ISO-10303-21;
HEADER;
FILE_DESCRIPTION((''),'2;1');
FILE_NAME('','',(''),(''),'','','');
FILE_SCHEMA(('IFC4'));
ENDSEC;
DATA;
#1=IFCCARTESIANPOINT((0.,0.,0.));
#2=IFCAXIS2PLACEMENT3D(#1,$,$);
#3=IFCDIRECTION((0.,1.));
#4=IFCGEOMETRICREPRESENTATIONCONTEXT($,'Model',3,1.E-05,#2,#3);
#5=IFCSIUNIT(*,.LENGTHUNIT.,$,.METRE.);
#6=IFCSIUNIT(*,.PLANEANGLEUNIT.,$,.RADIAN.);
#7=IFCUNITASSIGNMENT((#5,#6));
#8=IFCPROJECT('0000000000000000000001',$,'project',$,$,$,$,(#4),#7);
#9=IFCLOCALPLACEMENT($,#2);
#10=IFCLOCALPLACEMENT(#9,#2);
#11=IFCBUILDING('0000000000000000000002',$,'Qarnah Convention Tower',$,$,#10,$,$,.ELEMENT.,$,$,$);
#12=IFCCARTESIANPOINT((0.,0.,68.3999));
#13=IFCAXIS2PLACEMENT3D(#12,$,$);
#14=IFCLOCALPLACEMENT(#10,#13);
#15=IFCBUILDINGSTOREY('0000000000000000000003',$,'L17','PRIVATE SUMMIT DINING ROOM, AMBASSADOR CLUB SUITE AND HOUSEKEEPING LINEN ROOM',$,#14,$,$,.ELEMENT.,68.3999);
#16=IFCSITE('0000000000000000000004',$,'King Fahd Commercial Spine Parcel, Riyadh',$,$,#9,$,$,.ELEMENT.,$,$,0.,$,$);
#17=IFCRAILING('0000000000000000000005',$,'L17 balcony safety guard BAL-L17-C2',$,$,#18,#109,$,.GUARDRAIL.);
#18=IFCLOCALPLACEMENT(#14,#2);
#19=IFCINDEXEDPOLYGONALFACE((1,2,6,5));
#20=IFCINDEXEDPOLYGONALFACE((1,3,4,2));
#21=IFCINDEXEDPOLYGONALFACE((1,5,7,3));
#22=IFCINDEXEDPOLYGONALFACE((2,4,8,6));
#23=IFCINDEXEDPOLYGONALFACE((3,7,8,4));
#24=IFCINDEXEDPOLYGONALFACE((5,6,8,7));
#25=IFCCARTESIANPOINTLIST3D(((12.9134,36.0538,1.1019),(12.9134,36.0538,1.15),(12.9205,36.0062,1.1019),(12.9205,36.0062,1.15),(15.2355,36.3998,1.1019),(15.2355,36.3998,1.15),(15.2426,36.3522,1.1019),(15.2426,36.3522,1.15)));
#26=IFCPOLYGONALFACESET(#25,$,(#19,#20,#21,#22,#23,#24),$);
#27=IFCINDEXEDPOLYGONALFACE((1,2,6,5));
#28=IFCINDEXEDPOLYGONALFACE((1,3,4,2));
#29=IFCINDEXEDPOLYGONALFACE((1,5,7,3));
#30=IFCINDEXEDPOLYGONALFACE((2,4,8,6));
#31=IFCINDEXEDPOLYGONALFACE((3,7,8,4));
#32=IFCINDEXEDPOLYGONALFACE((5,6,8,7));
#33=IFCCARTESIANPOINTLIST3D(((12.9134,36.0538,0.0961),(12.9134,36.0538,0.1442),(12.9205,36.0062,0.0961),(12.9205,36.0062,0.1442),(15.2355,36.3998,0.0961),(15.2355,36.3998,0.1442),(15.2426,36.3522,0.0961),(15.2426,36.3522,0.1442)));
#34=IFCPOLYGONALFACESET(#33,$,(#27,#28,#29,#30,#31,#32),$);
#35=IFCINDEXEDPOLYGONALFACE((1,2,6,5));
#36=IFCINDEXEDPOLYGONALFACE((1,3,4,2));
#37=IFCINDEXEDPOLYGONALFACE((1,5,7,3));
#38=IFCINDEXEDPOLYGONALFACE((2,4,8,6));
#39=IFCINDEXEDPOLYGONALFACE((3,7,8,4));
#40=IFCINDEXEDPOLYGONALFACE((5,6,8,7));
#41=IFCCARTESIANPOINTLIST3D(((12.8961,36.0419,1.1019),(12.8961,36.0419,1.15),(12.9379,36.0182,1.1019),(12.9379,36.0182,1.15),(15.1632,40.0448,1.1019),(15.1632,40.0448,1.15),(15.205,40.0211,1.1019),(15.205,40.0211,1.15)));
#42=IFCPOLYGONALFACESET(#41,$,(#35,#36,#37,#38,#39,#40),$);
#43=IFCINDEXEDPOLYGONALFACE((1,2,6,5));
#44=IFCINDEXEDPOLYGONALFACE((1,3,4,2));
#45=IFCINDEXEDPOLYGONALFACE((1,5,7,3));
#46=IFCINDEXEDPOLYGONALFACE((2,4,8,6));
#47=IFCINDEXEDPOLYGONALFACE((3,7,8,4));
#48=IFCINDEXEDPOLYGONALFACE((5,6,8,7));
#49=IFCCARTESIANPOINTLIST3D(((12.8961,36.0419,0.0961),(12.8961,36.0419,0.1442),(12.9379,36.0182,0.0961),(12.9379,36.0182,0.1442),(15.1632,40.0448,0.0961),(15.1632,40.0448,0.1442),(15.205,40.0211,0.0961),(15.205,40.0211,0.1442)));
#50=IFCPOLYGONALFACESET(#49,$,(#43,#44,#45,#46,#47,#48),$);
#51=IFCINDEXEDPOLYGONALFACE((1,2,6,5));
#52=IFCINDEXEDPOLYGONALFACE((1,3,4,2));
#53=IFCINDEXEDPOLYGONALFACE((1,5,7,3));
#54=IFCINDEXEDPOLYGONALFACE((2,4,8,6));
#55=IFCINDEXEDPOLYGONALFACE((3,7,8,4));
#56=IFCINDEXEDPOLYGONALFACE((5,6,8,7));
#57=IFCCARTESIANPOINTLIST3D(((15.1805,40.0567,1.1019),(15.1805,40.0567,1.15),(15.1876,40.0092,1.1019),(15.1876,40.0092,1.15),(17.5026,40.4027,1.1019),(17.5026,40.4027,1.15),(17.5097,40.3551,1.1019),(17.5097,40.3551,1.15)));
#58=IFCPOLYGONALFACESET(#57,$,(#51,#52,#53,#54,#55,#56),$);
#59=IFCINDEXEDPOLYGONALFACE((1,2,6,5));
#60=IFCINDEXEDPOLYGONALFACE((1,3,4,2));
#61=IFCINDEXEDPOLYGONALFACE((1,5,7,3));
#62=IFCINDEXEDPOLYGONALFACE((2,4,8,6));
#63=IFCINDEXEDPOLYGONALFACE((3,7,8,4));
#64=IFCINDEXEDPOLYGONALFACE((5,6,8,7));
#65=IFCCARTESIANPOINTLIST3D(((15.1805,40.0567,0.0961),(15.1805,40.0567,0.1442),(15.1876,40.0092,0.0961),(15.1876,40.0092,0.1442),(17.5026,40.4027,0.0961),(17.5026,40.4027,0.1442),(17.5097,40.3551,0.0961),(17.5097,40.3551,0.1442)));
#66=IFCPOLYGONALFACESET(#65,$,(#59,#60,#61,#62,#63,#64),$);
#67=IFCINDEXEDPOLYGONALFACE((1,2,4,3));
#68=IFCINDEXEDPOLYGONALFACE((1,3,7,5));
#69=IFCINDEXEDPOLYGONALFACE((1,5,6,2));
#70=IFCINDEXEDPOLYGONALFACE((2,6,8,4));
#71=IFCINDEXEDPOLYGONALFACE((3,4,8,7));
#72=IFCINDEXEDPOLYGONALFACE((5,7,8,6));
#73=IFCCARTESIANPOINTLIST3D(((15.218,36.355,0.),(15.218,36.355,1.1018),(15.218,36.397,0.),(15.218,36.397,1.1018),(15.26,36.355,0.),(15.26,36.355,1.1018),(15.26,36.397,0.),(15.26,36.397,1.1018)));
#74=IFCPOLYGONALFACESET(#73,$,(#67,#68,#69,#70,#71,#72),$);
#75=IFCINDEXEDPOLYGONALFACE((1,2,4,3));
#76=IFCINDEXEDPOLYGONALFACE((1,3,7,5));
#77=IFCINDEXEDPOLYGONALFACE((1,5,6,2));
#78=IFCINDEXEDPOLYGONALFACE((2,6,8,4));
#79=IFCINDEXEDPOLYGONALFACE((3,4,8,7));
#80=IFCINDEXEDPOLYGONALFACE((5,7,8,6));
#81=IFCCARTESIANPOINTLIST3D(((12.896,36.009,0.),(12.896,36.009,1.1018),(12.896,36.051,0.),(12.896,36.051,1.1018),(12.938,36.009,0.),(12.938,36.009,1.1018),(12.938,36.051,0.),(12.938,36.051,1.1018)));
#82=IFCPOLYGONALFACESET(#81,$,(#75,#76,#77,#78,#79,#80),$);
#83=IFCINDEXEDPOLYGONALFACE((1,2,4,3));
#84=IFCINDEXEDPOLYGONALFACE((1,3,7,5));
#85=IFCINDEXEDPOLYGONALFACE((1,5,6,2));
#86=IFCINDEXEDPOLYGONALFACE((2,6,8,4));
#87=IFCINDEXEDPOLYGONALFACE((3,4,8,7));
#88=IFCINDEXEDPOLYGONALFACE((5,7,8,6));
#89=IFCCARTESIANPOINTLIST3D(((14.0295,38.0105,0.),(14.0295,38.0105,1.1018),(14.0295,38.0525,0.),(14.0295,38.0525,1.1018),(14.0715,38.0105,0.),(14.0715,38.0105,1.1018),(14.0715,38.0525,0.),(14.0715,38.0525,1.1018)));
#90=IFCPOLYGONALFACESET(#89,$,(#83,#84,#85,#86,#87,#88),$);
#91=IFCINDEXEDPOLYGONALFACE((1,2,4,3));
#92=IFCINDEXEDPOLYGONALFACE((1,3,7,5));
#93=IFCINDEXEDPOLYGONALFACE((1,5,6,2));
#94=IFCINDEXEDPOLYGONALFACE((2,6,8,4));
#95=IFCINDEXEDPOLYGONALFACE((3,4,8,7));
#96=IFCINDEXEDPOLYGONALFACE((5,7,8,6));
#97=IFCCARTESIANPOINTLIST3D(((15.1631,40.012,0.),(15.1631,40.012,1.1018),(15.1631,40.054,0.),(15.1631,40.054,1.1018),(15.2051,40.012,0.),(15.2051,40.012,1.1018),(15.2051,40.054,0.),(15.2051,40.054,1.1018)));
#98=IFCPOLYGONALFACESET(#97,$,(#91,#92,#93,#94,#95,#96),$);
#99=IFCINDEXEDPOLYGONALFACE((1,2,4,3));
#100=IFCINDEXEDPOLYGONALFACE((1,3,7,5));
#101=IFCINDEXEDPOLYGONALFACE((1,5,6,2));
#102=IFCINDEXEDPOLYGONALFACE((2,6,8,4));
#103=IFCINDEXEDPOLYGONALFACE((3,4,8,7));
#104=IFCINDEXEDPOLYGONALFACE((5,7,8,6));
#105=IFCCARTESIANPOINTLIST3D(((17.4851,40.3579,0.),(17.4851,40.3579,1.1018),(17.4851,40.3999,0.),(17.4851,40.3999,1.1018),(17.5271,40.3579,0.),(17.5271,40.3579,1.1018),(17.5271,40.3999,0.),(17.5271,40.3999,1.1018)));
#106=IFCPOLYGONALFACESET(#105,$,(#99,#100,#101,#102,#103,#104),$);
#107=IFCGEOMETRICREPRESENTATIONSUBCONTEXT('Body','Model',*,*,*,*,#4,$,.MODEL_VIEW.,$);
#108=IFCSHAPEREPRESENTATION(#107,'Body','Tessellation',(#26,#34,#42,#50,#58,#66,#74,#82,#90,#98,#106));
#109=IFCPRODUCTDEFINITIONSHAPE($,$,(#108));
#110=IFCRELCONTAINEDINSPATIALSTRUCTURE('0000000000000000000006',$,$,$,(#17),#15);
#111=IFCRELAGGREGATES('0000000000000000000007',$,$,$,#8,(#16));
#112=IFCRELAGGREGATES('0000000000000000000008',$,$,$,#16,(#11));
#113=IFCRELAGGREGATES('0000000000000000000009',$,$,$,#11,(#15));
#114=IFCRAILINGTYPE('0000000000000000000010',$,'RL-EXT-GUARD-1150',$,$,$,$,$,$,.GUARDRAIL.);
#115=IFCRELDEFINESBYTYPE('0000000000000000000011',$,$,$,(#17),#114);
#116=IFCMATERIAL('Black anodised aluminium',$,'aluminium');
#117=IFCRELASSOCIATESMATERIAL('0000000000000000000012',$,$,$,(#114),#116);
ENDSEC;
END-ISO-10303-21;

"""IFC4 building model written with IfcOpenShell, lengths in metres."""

from ifc_helpers import new_model, si_unit, direction, frame, origin, origin_2d, place, context, subcontext, project, spatial, rectangle, extrude, material, type_object, element, save


model = new_model("IFC4")

# Units and contexts
model_context = context("Model", 3, precision=1e-05, world=origin(), true_north=direction((0.0, 1.0)))
body_context = subcontext(model_context, "Body", "Model", "MODEL_VIEW")
ifc_project = project(units=[si_unit("LENGTHUNIT", "METRE"), si_unit("PLANEANGLEUNIT", "RADIAN")], contexts=[model_context])

# Site, building, storey
site_placement = place(None, origin())
site = spatial("IfcSite", under=ifc_project, at=site_placement, Name="King Fahd Commercial Spine Parcel, Riyadh", CompositionType="ELEMENT", RefElevation=0.0)
building_placement = place(site_placement, origin())
building = spatial("IfcBuilding", under=site, at=building_placement, Name="Qarnah Convention Tower", CompositionType="ELEMENT")
storey_placement = place(building_placement, frame((0.0, 0.0, 68.3999)))
storey = spatial("IfcBuildingStorey", under=building, at=storey_placement, Name="L17", Description="PRIVATE SUMMIT DINING ROOM, AMBASSADOR CLUB SUITE AND HOUSEKEEPING LINEN ROOM", CompositionType="ELEMENT", Elevation=68.3999)

# Shared definitions
ifc_material_1 = material(Name="Black anodised aluminium", Category="aluminium")

# Railing
railing_type = type_object("IfcRailingType", Name="RL-EXT-GUARD-1150", PredefinedType="GUARDRAIL", material=ifc_material_1)
railing_1_placement = place(storey_placement, frame((15.239, 36.376, 0.0)))
element("IfcRailing", 1, at=railing_1_placement, inside=storey, type_object=railing_type, Name="L17 balcony safety guard BAL-L17-C2", PredefinedType="GUARDRAIL", context=body_context, shape_type="SweptSolid", body=[
    extrude(rectangle(XDim=0.0481, YDim=0.0481, at=origin_2d()), frame((0.0, 0.0, 1.126), z_axis=(-0.989083, -0.147359, 0.0), x_axis=(0.147359, -0.989083, 0.0)), (0.0, 0.0, 1.0), 2.3477),
    extrude(rectangle(XDim=0.0481, YDim=0.0481, at=origin_2d()), frame((0.0, 0.0, 0.1201), z_axis=(-0.989083, -0.147359, 0.0), x_axis=(0.147359, -0.989083, 0.0)), (0.0, 0.0, 1.0), 2.3477),
    extrude(rectangle(XDim=0.0481, YDim=0.0481, at=origin_2d()), frame((-2.322, -0.3459, 1.126), z_axis=(0.492809, 0.870137, 0.0), x_axis=(-0.870137, 0.492809, 0.0)), (0.0, 0.0, 1.0), 4.6003),
    extrude(rectangle(XDim=0.0481, YDim=0.0481, at=origin_2d()), frame((-2.322, -0.3459, 0.1201), z_axis=(0.492809, 0.870137, 0.0), x_axis=(-0.870137, 0.492809, 0.0)), (0.0, 0.0, 1.0), 4.6003),
    extrude(rectangle(XDim=0.0481, YDim=0.0481, at=origin_2d()), frame((-0.0549, 3.657, 1.126), z_axis=(0.989083, 0.147359, 0.0), x_axis=(-0.147359, 0.989083, 0.0)), (0.0, 0.0, 1.0), 2.3477),
    extrude(rectangle(XDim=0.0481, YDim=0.0481, at=origin_2d()), frame((-0.0549, 3.657, 0.1201), z_axis=(0.989083, 0.147359, 0.0), x_axis=(-0.147359, 0.989083, 0.0)), (0.0, 0.0, 1.0), 2.3477),
    extrude(rectangle(XDim=0.042, YDim=0.042, at=origin_2d()), origin(), (0.0, 0.0, 1.0), 1.1018),
    extrude(rectangle(XDim=0.042, YDim=0.042, at=origin_2d()), frame((-2.322, -0.3459, 0.0)), (0.0, 0.0, 1.0), 1.1018),
    extrude(rectangle(XDim=0.042, YDim=0.042, at=origin_2d()), frame((-1.1885, 1.6555, 0.0)), (0.0, 0.0, 1.0), 1.1018),
    extrude(rectangle(XDim=0.042, YDim=0.042, at=origin_2d()), frame((-0.0549, 3.657, 0.0)), (0.0, 0.0, 1.0), 1.1018),
    extrude(rectangle(XDim=0.042, YDim=0.042, at=origin_2d()), frame((2.2671, 4.0029, 0.0)), (0.0, 0.0, 1.0), 1.1018),
])

save(model, "model.ifc")
